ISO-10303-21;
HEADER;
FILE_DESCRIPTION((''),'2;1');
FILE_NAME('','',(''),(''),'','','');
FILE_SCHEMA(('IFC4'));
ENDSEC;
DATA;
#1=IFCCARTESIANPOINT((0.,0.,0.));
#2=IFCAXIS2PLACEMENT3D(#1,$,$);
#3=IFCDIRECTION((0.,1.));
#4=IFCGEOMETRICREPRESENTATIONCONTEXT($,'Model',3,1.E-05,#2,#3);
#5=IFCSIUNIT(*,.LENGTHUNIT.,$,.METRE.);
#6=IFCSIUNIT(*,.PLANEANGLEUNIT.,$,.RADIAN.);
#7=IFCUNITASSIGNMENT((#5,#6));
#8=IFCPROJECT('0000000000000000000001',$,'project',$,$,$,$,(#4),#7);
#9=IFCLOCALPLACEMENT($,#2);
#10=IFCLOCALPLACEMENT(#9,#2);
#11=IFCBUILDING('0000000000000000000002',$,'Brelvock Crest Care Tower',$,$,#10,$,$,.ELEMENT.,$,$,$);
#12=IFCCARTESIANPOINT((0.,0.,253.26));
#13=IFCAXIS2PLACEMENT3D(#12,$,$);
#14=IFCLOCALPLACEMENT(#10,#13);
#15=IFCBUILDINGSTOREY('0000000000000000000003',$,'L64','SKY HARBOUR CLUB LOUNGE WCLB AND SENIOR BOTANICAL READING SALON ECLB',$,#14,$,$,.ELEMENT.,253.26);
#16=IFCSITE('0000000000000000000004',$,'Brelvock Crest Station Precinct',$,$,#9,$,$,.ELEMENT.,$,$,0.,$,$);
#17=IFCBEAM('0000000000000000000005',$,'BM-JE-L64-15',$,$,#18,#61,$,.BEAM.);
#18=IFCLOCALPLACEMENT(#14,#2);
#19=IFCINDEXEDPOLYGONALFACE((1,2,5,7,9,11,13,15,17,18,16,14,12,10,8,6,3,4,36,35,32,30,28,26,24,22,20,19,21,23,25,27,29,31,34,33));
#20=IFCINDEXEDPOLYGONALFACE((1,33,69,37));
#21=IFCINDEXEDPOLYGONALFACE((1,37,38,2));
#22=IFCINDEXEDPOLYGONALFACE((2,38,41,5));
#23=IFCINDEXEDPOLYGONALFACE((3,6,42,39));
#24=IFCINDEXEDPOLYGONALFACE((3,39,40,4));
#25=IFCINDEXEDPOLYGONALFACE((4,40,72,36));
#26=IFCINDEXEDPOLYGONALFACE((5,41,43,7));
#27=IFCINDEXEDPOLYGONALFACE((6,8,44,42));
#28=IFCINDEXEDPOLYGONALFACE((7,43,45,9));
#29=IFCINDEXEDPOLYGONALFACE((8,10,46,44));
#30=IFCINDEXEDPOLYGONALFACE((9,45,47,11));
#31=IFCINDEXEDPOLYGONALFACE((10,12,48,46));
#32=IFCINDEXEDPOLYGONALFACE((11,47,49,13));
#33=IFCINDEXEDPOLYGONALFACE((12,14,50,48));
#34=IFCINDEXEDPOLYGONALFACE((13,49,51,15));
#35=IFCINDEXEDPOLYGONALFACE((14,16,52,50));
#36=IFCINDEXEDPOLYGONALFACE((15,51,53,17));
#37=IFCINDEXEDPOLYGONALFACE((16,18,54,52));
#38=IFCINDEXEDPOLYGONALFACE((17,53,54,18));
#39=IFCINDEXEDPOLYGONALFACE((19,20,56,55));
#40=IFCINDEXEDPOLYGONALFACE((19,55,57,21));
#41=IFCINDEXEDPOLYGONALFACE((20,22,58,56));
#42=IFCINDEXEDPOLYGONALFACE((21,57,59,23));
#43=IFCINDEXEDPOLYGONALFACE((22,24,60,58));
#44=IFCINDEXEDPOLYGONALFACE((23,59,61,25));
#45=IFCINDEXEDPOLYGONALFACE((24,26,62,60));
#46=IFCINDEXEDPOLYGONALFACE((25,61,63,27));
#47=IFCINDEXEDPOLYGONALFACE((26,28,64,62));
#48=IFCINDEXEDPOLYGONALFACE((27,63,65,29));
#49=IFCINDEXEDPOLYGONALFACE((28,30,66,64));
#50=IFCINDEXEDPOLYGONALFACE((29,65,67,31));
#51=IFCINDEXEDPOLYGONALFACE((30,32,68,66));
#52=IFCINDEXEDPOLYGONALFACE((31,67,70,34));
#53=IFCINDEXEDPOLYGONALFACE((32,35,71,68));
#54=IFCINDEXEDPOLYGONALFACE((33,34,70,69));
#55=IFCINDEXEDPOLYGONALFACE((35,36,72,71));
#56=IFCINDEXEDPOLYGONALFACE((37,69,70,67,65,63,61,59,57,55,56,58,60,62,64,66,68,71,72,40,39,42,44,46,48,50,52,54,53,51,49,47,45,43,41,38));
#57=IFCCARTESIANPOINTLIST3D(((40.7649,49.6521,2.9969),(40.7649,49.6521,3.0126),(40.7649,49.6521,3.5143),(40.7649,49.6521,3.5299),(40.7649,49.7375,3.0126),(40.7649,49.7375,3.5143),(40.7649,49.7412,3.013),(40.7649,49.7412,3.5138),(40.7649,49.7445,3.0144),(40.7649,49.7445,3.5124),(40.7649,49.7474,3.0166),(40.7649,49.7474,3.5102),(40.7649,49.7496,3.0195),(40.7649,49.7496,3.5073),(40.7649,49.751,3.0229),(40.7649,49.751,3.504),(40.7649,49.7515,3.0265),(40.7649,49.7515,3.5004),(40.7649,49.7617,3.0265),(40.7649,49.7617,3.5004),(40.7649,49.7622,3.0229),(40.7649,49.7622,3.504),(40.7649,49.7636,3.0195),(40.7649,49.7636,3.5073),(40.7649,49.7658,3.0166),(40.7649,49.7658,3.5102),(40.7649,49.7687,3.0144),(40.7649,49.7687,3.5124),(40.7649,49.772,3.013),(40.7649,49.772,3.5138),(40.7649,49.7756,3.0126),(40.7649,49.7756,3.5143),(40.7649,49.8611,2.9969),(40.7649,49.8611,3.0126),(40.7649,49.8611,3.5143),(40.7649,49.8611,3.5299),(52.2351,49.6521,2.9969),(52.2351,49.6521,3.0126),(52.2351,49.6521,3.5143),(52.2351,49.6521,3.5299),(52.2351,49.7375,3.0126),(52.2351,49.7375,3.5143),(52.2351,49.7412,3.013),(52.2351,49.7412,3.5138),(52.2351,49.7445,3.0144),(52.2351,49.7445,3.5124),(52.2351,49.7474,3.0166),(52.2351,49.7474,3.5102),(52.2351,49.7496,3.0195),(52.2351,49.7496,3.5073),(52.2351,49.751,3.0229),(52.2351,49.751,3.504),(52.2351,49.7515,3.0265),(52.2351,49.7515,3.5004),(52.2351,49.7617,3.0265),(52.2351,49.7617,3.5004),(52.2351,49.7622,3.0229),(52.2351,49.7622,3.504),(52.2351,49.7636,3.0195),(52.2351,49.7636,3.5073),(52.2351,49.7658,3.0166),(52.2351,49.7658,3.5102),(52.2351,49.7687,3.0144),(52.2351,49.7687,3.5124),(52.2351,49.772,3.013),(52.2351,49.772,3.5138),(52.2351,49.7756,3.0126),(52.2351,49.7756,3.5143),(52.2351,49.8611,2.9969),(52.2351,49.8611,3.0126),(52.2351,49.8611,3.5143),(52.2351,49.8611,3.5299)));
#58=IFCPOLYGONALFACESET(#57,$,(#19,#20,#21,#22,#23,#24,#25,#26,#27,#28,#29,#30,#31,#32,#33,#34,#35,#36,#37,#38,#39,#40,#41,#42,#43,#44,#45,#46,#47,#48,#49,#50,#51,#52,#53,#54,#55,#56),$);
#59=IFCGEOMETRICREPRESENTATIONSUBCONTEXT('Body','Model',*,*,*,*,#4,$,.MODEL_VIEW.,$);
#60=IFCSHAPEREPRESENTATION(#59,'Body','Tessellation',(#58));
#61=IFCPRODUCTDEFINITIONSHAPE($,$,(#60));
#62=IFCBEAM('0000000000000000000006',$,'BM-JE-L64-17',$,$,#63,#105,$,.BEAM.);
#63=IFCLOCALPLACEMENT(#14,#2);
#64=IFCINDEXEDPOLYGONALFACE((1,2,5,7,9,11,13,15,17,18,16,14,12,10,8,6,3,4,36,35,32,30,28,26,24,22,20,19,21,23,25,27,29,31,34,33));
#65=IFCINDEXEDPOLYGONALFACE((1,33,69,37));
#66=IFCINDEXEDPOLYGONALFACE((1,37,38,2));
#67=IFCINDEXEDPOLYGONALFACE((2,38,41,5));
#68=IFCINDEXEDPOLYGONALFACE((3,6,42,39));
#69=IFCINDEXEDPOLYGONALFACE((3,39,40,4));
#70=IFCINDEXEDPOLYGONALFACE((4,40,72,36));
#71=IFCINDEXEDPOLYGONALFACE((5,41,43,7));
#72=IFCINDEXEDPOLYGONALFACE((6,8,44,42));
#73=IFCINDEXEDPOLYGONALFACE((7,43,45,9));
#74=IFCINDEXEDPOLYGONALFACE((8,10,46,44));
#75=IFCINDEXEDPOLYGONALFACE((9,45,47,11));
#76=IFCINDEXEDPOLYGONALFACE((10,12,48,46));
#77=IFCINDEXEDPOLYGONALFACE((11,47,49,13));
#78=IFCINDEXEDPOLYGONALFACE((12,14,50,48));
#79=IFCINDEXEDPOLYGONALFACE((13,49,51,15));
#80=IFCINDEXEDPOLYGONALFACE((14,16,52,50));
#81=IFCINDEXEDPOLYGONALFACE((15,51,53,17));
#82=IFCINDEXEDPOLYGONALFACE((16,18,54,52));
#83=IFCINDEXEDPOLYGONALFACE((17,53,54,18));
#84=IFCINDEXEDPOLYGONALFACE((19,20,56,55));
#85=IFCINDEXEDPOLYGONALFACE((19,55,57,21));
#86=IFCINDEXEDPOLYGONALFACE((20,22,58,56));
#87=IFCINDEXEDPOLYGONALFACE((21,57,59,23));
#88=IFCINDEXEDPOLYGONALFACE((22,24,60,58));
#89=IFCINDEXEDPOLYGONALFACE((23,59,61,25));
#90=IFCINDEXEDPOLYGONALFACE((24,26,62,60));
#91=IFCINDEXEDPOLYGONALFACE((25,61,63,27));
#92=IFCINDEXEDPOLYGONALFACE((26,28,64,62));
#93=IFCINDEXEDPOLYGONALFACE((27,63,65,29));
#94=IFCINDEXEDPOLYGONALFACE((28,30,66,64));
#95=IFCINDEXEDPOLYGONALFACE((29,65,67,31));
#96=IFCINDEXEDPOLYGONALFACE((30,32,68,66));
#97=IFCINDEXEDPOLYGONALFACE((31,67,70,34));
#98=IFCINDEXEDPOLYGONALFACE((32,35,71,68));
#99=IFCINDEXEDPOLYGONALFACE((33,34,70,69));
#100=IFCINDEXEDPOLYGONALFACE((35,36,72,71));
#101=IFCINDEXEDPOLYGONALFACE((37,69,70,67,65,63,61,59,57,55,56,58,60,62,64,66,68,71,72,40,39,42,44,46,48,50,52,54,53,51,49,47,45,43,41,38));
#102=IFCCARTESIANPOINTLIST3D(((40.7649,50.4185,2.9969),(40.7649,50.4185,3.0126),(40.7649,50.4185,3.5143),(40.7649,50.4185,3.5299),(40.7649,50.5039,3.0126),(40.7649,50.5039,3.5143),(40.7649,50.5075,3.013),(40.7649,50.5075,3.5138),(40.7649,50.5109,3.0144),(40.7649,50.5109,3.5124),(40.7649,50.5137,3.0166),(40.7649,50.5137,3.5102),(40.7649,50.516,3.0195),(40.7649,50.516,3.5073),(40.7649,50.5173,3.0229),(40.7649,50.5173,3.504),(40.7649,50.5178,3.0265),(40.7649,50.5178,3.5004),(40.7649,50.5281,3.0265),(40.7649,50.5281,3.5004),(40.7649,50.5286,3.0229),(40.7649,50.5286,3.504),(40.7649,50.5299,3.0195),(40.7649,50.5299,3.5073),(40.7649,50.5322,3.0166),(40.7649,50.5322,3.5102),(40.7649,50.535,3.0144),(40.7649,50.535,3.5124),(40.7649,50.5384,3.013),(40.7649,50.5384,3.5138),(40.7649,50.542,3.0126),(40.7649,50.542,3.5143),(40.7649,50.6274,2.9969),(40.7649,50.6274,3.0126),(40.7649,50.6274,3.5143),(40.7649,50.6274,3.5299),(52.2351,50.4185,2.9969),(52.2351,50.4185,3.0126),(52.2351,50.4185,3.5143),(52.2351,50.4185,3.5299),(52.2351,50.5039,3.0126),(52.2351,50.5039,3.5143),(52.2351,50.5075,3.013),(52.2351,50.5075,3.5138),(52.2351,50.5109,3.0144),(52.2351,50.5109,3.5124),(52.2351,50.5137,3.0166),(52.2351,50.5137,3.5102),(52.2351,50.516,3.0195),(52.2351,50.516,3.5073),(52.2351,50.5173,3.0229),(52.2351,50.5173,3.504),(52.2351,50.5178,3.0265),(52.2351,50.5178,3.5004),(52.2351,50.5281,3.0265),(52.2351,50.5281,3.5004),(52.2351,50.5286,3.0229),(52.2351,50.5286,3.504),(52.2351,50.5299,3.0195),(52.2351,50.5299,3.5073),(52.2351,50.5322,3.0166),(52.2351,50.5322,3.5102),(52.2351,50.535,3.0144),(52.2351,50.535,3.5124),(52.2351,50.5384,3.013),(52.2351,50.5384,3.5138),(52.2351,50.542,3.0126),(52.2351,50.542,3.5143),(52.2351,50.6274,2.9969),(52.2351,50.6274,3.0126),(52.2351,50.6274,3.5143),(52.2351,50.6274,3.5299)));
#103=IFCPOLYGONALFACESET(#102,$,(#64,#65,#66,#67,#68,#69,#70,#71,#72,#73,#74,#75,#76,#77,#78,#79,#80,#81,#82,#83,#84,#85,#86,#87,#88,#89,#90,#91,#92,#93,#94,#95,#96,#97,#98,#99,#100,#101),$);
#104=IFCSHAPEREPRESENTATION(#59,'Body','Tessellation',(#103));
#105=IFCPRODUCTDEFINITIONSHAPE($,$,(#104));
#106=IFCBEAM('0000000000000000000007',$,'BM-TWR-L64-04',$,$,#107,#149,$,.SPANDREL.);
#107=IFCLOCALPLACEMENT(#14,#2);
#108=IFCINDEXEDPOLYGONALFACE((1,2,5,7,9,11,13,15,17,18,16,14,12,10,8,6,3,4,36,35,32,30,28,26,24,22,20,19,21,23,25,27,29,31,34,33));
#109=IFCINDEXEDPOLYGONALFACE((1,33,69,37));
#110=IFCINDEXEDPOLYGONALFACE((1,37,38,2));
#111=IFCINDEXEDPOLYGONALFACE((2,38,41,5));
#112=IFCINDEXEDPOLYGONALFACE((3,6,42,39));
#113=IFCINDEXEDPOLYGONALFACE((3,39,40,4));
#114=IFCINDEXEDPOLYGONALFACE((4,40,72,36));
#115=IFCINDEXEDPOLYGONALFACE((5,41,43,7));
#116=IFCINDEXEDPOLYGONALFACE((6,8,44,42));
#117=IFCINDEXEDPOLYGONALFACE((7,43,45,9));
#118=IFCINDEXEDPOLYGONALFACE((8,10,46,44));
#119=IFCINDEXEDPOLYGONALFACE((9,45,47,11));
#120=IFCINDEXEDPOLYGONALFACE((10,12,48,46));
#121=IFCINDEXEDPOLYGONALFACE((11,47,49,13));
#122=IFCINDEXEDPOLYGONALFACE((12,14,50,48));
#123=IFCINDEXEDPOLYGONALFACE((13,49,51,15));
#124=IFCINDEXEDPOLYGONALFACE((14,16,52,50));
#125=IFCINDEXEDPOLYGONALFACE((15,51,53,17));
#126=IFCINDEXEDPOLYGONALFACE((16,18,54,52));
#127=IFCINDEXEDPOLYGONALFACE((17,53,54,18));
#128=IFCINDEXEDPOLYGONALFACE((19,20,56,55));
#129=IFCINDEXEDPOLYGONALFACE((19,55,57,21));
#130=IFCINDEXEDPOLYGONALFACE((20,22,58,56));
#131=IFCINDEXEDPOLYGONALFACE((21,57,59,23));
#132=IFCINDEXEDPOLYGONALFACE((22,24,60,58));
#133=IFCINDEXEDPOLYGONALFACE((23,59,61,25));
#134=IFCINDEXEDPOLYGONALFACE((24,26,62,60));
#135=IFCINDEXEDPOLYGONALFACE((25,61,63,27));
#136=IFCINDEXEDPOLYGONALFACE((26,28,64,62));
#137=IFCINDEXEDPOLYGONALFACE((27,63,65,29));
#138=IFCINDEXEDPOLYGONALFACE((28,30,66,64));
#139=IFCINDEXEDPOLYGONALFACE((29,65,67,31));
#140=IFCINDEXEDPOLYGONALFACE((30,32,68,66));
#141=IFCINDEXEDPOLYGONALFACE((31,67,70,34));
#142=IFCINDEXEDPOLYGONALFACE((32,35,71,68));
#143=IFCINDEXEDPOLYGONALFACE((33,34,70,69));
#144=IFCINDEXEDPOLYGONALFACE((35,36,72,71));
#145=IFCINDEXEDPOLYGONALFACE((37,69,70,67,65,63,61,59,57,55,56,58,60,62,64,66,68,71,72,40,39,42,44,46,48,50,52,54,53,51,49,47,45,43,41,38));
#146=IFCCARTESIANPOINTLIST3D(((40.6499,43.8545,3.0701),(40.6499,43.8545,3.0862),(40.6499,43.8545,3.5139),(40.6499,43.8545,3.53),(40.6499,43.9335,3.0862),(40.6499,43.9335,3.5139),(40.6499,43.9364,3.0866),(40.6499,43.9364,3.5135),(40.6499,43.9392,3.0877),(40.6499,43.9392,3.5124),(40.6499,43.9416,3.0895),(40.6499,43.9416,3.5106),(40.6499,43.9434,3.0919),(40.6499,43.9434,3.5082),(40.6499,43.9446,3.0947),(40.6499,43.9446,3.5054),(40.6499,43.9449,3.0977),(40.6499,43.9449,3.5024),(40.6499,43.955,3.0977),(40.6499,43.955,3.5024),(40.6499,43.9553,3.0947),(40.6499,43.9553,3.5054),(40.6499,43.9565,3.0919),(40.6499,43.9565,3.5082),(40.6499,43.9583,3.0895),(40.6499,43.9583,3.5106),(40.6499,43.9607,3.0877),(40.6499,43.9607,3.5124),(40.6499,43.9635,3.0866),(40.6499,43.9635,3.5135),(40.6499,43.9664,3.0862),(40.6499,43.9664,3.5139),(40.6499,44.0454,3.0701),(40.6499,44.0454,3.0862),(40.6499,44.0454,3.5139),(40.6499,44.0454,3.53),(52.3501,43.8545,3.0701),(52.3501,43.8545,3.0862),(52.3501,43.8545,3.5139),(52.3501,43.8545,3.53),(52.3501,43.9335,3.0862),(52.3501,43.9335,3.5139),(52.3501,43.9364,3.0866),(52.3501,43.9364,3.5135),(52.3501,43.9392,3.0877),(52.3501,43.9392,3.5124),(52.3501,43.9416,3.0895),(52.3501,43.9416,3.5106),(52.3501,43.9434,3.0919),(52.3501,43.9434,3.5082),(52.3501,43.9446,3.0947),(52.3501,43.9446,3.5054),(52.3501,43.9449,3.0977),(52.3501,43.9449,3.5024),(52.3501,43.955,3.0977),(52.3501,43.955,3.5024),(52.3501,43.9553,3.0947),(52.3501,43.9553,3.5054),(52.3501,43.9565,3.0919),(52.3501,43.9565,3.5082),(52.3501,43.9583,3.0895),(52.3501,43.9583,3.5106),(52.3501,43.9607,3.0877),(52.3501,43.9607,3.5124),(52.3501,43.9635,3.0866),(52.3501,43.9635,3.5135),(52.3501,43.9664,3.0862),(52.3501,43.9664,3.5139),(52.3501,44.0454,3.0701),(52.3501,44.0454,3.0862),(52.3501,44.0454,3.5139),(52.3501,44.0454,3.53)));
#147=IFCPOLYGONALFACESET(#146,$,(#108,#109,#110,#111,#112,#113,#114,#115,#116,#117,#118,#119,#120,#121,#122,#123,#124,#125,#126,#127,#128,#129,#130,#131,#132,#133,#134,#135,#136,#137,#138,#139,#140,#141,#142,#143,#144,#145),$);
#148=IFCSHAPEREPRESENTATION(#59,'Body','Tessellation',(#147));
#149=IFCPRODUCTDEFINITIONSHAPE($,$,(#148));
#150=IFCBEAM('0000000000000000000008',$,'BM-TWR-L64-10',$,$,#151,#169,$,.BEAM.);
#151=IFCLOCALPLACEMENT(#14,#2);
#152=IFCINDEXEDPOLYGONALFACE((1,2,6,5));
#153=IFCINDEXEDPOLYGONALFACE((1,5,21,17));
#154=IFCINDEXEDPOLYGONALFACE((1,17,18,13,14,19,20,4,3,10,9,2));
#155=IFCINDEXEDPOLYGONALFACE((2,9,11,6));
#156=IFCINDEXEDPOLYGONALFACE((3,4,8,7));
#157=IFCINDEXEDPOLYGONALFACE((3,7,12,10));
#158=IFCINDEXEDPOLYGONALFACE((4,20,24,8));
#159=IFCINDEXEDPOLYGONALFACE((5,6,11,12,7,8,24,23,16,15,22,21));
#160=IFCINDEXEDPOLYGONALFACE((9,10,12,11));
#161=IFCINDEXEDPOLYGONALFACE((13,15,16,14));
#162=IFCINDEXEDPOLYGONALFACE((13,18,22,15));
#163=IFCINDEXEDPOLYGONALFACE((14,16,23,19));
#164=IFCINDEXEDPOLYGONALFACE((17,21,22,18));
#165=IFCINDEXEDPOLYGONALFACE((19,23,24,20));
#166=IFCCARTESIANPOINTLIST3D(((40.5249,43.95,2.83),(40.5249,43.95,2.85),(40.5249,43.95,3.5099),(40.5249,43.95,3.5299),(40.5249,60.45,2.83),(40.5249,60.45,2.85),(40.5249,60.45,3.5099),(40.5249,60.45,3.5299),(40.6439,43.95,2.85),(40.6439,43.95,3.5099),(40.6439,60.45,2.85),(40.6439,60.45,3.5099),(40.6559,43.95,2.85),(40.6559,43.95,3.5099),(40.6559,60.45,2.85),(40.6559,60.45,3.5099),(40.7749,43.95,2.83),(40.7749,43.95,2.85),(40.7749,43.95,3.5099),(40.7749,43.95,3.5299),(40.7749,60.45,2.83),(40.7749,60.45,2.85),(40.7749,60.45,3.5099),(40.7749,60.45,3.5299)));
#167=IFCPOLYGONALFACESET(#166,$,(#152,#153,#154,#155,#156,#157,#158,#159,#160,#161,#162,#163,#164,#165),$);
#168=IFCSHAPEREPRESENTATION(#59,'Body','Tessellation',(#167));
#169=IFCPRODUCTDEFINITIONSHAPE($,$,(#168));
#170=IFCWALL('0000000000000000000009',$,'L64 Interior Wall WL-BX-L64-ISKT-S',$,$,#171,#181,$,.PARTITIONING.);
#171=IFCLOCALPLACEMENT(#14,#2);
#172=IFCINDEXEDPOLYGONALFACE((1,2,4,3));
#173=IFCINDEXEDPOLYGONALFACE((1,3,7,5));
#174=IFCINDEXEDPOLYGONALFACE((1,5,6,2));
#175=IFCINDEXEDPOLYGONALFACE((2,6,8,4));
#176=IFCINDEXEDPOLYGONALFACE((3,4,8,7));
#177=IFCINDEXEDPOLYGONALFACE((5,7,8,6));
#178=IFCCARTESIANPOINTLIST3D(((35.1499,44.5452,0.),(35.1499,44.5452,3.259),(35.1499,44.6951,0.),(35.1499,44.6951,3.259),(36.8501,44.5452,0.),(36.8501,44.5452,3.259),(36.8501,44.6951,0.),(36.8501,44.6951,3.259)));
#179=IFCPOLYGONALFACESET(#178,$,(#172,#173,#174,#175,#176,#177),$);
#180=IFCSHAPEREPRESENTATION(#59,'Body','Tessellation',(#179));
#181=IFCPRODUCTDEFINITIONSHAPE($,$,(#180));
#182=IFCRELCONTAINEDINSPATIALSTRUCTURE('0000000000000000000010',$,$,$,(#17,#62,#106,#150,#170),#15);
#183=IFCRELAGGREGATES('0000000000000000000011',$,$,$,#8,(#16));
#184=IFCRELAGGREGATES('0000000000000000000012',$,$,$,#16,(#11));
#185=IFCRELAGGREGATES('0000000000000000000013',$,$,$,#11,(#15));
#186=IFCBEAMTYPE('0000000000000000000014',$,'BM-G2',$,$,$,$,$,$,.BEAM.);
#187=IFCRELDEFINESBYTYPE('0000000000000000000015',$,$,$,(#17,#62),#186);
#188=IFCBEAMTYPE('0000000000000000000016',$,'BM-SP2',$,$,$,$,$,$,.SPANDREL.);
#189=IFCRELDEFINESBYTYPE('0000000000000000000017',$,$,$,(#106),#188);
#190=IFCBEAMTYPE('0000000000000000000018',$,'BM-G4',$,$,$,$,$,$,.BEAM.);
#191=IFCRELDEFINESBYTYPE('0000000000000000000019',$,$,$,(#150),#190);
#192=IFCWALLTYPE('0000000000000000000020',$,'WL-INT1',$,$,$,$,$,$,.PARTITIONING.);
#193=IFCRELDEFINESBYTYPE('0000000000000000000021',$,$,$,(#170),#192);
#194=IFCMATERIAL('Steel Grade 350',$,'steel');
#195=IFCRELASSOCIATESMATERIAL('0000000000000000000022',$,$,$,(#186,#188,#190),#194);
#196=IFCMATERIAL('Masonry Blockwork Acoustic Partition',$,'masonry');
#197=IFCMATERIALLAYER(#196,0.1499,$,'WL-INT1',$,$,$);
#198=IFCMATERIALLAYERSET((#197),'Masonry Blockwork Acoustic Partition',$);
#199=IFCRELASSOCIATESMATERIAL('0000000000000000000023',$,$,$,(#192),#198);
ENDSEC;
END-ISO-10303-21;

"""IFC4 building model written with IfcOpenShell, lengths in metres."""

from ifc_helpers import new_model, si_unit, direction, frame, frame_2d, origin, origin_2d, place, context, subcontext, project, spatial, rectangle, i_section, extrude, source, transform, mapped, material, layer, layer_set, material_profile, profile_set, type_object, element, save


model = new_model("IFC4")

# Units and contexts
model_context = context("Model", 3, precision=1e-05, world=origin(), true_north=direction((0.0, 1.0)))
body_context = subcontext(model_context, "Body", "Model", "MODEL_VIEW")
ifc_project = project(units=[si_unit("LENGTHUNIT", "METRE"), si_unit("PLANEANGLEUNIT", "RADIAN")], contexts=[model_context])

# Site, building, storey
site_placement = place(None, origin())
site = spatial("IfcSite", under=ifc_project, at=site_placement, Name="Brelvock Crest Station Precinct", CompositionType="ELEMENT", RefElevation=0.0)
building_placement = place(site_placement, origin())
building = spatial("IfcBuilding", under=site, at=building_placement, Name="Brelvock Crest Care Tower", CompositionType="ELEMENT")
storey_placement = place(building_placement, frame((0.0, 0.0, 253.26)))
storey = spatial("IfcBuildingStorey", under=building, at=storey_placement, Name="L64", Description="SKY HARBOUR CLUB LOUNGE WCLB AND SENIOR BOTANICAL READING SALON ECLB", CompositionType="ELEMENT", Elevation=253.26)

# Beams
ifc_material_1 = material(Name="Steel Grade 350", Category="steel")
ifc_material_profile_1 = material_profile(ifc_material_1, i_section(OverallWidth=0.209, OverallDepth=0.533, WebThickness=0.0103, FlangeThickness=0.0156, FilletRadius=0.0139, at=origin_2d()), Name="530UB92.4")
ifc_profile_set_1 = profile_set([ifc_material_profile_1], Name="Steel Grade 350")
beam_type_1 = type_object("IfcBeamType", Name="BM-G2", PredefinedType="BEAM", material=ifc_profile_set_1)
shared_shape_1 = source(origin(), body_context, "Body", "SweptSolid", [
    extrude(i_section(OverallWidth=0.209, OverallDepth=0.533, WebThickness=0.0103, FlangeThickness=0.0156, FilletRadius=0.0139, at=origin_2d()), origin(), (0.0, 0.0, 1.0), 11.4702),
])
for number, where, z_axis, x_axis, name in (
    (1, (40.7649, 49.7566, 3.2634), (1.0, 0.0, 0.0), (0.0, 1.0, 0.0), "BM-JE-L64-15"),
    (2, (40.7649, 50.5229, 3.2634), (1.0, 0.0, 0.0), (0.0, 1.0, 0.0), "BM-JE-L64-17"),
):
    element("IfcBeam", number, at=place(storey_placement, frame(where, z_axis=z_axis, x_axis=x_axis)), inside=storey, type_object=beam_type_1, Name=name, PredefinedType="BEAM", context=body_context, shape_type="MappedRepresentation", body=[
        mapped(shared_shape_1, transform((0.0, 0.0, 0.0), x_axis=(1.0, 0.0, 0.0), y_axis=(0.0, 1.0, 0.0), z_axis=(0.0, 0.0, 1.0), scale=1.0)),
    ])
ifc_material_profile_2 = material_profile(ifc_material_1, i_section(OverallWidth=0.1909, OverallDepth=0.46, WebThickness=0.01, FlangeThickness=0.0161, FilletRadius=0.0115, at=origin_2d()), Name="460UB82.1")
ifc_profile_set_2 = profile_set([ifc_material_profile_2], Name="Steel Grade 350")
beam_type_2 = type_object("IfcBeamType", Name="BM-SP2", PredefinedType="SPANDREL", material=ifc_profile_set_2)
shared_shape_2 = source(origin(), body_context, "Body", "SweptSolid", [
    extrude(i_section(OverallWidth=0.1909, OverallDepth=0.46, WebThickness=0.01, FlangeThickness=0.0161, FilletRadius=0.0115, at=origin_2d()), origin(), (0.0, 0.0, 1.0), 11.7002),
])
beam_1_placement = place(storey_placement, frame((40.6499, 43.95, 3.3), z_axis=(1.0, 0.0, 0.0), x_axis=(0.0, 1.0, 0.0)))
element("IfcBeam", 3, at=beam_1_placement, inside=storey, type_object=beam_type_2, Name="BM-TWR-L64-04", PredefinedType="SPANDREL", context=body_context, shape_type="MappedRepresentation", body=[
    mapped(shared_shape_2, transform((0.0, 0.0, 0.0), x_axis=(1.0, 0.0, 0.0), y_axis=(0.0, 1.0, 0.0), z_axis=(0.0, 0.0, 1.0), scale=1.0)),
])
ifc_material_profile_3 = material_profile(ifc_material_1, i_section(OverallWidth=0.25, OverallDepth=0.7, WebThickness=0.012, FlangeThickness=0.02, at=origin_2d()), Name="700WB150")
ifc_profile_set_3 = profile_set([ifc_material_profile_3], Name="Steel Grade 350")
beam_type_3 = type_object("IfcBeamType", Name="BM-G4", PredefinedType="BEAM", material=ifc_profile_set_3)
shared_shape_3 = source(origin(), body_context, "Body", "SweptSolid", [
    extrude(i_section(OverallWidth=0.25, OverallDepth=0.7, WebThickness=0.012, FlangeThickness=0.02, at=origin_2d()), origin(), (0.0, 0.0, 1.0), 16.5),
])
beam_2_placement = place(storey_placement, frame((40.6499, 43.95, 3.1799), z_axis=(0.0, 1.0, 0.0), x_axis=(-1.0, 0.0, 0.0)))
element("IfcBeam", 4, at=beam_2_placement, inside=storey, type_object=beam_type_3, Name="BM-TWR-L64-10", PredefinedType="BEAM", context=body_context, shape_type="MappedRepresentation", body=[
    mapped(shared_shape_3, transform((0.0, 0.0, 0.0), x_axis=(1.0, 0.0, 0.0), y_axis=(0.0, 1.0, 0.0), z_axis=(0.0, 0.0, 1.0), scale=1.0)),
])

# Wall
ifc_material_2 = material(Name="Masonry Blockwork Acoustic Partition", Category="masonry")
ifc_layer = layer(ifc_material_2, 0.1499, Name="WL-INT1")
ifc_layer_set = layer_set([ifc_layer], Name="Masonry Blockwork Acoustic Partition")
wall_type = type_object("IfcWallType", Name="WL-INT1", PredefinedType="PARTITIONING", material=ifc_layer_set)
wall_1_placement = place(storey_placement, frame((35.1499, 44.6201, 0.0), z_axis=(0.0, 0.0, 1.0), x_axis=(1.0, 0.0, 0.0)))
element("IfcWall", 5, at=wall_1_placement, inside=storey, type_object=wall_type, Name="L64 Interior Wall WL-BX-L64-ISKT-S", PredefinedType="PARTITIONING", context=body_context, shape_type="SweptSolid", body=[
    extrude(rectangle(XDim=1.7002, YDim=0.1499, at=frame_2d((0.8501, 0.0))), origin(), (0.0, 0.0, 1.0), 3.259),
])

save(model, "model.ifc")
